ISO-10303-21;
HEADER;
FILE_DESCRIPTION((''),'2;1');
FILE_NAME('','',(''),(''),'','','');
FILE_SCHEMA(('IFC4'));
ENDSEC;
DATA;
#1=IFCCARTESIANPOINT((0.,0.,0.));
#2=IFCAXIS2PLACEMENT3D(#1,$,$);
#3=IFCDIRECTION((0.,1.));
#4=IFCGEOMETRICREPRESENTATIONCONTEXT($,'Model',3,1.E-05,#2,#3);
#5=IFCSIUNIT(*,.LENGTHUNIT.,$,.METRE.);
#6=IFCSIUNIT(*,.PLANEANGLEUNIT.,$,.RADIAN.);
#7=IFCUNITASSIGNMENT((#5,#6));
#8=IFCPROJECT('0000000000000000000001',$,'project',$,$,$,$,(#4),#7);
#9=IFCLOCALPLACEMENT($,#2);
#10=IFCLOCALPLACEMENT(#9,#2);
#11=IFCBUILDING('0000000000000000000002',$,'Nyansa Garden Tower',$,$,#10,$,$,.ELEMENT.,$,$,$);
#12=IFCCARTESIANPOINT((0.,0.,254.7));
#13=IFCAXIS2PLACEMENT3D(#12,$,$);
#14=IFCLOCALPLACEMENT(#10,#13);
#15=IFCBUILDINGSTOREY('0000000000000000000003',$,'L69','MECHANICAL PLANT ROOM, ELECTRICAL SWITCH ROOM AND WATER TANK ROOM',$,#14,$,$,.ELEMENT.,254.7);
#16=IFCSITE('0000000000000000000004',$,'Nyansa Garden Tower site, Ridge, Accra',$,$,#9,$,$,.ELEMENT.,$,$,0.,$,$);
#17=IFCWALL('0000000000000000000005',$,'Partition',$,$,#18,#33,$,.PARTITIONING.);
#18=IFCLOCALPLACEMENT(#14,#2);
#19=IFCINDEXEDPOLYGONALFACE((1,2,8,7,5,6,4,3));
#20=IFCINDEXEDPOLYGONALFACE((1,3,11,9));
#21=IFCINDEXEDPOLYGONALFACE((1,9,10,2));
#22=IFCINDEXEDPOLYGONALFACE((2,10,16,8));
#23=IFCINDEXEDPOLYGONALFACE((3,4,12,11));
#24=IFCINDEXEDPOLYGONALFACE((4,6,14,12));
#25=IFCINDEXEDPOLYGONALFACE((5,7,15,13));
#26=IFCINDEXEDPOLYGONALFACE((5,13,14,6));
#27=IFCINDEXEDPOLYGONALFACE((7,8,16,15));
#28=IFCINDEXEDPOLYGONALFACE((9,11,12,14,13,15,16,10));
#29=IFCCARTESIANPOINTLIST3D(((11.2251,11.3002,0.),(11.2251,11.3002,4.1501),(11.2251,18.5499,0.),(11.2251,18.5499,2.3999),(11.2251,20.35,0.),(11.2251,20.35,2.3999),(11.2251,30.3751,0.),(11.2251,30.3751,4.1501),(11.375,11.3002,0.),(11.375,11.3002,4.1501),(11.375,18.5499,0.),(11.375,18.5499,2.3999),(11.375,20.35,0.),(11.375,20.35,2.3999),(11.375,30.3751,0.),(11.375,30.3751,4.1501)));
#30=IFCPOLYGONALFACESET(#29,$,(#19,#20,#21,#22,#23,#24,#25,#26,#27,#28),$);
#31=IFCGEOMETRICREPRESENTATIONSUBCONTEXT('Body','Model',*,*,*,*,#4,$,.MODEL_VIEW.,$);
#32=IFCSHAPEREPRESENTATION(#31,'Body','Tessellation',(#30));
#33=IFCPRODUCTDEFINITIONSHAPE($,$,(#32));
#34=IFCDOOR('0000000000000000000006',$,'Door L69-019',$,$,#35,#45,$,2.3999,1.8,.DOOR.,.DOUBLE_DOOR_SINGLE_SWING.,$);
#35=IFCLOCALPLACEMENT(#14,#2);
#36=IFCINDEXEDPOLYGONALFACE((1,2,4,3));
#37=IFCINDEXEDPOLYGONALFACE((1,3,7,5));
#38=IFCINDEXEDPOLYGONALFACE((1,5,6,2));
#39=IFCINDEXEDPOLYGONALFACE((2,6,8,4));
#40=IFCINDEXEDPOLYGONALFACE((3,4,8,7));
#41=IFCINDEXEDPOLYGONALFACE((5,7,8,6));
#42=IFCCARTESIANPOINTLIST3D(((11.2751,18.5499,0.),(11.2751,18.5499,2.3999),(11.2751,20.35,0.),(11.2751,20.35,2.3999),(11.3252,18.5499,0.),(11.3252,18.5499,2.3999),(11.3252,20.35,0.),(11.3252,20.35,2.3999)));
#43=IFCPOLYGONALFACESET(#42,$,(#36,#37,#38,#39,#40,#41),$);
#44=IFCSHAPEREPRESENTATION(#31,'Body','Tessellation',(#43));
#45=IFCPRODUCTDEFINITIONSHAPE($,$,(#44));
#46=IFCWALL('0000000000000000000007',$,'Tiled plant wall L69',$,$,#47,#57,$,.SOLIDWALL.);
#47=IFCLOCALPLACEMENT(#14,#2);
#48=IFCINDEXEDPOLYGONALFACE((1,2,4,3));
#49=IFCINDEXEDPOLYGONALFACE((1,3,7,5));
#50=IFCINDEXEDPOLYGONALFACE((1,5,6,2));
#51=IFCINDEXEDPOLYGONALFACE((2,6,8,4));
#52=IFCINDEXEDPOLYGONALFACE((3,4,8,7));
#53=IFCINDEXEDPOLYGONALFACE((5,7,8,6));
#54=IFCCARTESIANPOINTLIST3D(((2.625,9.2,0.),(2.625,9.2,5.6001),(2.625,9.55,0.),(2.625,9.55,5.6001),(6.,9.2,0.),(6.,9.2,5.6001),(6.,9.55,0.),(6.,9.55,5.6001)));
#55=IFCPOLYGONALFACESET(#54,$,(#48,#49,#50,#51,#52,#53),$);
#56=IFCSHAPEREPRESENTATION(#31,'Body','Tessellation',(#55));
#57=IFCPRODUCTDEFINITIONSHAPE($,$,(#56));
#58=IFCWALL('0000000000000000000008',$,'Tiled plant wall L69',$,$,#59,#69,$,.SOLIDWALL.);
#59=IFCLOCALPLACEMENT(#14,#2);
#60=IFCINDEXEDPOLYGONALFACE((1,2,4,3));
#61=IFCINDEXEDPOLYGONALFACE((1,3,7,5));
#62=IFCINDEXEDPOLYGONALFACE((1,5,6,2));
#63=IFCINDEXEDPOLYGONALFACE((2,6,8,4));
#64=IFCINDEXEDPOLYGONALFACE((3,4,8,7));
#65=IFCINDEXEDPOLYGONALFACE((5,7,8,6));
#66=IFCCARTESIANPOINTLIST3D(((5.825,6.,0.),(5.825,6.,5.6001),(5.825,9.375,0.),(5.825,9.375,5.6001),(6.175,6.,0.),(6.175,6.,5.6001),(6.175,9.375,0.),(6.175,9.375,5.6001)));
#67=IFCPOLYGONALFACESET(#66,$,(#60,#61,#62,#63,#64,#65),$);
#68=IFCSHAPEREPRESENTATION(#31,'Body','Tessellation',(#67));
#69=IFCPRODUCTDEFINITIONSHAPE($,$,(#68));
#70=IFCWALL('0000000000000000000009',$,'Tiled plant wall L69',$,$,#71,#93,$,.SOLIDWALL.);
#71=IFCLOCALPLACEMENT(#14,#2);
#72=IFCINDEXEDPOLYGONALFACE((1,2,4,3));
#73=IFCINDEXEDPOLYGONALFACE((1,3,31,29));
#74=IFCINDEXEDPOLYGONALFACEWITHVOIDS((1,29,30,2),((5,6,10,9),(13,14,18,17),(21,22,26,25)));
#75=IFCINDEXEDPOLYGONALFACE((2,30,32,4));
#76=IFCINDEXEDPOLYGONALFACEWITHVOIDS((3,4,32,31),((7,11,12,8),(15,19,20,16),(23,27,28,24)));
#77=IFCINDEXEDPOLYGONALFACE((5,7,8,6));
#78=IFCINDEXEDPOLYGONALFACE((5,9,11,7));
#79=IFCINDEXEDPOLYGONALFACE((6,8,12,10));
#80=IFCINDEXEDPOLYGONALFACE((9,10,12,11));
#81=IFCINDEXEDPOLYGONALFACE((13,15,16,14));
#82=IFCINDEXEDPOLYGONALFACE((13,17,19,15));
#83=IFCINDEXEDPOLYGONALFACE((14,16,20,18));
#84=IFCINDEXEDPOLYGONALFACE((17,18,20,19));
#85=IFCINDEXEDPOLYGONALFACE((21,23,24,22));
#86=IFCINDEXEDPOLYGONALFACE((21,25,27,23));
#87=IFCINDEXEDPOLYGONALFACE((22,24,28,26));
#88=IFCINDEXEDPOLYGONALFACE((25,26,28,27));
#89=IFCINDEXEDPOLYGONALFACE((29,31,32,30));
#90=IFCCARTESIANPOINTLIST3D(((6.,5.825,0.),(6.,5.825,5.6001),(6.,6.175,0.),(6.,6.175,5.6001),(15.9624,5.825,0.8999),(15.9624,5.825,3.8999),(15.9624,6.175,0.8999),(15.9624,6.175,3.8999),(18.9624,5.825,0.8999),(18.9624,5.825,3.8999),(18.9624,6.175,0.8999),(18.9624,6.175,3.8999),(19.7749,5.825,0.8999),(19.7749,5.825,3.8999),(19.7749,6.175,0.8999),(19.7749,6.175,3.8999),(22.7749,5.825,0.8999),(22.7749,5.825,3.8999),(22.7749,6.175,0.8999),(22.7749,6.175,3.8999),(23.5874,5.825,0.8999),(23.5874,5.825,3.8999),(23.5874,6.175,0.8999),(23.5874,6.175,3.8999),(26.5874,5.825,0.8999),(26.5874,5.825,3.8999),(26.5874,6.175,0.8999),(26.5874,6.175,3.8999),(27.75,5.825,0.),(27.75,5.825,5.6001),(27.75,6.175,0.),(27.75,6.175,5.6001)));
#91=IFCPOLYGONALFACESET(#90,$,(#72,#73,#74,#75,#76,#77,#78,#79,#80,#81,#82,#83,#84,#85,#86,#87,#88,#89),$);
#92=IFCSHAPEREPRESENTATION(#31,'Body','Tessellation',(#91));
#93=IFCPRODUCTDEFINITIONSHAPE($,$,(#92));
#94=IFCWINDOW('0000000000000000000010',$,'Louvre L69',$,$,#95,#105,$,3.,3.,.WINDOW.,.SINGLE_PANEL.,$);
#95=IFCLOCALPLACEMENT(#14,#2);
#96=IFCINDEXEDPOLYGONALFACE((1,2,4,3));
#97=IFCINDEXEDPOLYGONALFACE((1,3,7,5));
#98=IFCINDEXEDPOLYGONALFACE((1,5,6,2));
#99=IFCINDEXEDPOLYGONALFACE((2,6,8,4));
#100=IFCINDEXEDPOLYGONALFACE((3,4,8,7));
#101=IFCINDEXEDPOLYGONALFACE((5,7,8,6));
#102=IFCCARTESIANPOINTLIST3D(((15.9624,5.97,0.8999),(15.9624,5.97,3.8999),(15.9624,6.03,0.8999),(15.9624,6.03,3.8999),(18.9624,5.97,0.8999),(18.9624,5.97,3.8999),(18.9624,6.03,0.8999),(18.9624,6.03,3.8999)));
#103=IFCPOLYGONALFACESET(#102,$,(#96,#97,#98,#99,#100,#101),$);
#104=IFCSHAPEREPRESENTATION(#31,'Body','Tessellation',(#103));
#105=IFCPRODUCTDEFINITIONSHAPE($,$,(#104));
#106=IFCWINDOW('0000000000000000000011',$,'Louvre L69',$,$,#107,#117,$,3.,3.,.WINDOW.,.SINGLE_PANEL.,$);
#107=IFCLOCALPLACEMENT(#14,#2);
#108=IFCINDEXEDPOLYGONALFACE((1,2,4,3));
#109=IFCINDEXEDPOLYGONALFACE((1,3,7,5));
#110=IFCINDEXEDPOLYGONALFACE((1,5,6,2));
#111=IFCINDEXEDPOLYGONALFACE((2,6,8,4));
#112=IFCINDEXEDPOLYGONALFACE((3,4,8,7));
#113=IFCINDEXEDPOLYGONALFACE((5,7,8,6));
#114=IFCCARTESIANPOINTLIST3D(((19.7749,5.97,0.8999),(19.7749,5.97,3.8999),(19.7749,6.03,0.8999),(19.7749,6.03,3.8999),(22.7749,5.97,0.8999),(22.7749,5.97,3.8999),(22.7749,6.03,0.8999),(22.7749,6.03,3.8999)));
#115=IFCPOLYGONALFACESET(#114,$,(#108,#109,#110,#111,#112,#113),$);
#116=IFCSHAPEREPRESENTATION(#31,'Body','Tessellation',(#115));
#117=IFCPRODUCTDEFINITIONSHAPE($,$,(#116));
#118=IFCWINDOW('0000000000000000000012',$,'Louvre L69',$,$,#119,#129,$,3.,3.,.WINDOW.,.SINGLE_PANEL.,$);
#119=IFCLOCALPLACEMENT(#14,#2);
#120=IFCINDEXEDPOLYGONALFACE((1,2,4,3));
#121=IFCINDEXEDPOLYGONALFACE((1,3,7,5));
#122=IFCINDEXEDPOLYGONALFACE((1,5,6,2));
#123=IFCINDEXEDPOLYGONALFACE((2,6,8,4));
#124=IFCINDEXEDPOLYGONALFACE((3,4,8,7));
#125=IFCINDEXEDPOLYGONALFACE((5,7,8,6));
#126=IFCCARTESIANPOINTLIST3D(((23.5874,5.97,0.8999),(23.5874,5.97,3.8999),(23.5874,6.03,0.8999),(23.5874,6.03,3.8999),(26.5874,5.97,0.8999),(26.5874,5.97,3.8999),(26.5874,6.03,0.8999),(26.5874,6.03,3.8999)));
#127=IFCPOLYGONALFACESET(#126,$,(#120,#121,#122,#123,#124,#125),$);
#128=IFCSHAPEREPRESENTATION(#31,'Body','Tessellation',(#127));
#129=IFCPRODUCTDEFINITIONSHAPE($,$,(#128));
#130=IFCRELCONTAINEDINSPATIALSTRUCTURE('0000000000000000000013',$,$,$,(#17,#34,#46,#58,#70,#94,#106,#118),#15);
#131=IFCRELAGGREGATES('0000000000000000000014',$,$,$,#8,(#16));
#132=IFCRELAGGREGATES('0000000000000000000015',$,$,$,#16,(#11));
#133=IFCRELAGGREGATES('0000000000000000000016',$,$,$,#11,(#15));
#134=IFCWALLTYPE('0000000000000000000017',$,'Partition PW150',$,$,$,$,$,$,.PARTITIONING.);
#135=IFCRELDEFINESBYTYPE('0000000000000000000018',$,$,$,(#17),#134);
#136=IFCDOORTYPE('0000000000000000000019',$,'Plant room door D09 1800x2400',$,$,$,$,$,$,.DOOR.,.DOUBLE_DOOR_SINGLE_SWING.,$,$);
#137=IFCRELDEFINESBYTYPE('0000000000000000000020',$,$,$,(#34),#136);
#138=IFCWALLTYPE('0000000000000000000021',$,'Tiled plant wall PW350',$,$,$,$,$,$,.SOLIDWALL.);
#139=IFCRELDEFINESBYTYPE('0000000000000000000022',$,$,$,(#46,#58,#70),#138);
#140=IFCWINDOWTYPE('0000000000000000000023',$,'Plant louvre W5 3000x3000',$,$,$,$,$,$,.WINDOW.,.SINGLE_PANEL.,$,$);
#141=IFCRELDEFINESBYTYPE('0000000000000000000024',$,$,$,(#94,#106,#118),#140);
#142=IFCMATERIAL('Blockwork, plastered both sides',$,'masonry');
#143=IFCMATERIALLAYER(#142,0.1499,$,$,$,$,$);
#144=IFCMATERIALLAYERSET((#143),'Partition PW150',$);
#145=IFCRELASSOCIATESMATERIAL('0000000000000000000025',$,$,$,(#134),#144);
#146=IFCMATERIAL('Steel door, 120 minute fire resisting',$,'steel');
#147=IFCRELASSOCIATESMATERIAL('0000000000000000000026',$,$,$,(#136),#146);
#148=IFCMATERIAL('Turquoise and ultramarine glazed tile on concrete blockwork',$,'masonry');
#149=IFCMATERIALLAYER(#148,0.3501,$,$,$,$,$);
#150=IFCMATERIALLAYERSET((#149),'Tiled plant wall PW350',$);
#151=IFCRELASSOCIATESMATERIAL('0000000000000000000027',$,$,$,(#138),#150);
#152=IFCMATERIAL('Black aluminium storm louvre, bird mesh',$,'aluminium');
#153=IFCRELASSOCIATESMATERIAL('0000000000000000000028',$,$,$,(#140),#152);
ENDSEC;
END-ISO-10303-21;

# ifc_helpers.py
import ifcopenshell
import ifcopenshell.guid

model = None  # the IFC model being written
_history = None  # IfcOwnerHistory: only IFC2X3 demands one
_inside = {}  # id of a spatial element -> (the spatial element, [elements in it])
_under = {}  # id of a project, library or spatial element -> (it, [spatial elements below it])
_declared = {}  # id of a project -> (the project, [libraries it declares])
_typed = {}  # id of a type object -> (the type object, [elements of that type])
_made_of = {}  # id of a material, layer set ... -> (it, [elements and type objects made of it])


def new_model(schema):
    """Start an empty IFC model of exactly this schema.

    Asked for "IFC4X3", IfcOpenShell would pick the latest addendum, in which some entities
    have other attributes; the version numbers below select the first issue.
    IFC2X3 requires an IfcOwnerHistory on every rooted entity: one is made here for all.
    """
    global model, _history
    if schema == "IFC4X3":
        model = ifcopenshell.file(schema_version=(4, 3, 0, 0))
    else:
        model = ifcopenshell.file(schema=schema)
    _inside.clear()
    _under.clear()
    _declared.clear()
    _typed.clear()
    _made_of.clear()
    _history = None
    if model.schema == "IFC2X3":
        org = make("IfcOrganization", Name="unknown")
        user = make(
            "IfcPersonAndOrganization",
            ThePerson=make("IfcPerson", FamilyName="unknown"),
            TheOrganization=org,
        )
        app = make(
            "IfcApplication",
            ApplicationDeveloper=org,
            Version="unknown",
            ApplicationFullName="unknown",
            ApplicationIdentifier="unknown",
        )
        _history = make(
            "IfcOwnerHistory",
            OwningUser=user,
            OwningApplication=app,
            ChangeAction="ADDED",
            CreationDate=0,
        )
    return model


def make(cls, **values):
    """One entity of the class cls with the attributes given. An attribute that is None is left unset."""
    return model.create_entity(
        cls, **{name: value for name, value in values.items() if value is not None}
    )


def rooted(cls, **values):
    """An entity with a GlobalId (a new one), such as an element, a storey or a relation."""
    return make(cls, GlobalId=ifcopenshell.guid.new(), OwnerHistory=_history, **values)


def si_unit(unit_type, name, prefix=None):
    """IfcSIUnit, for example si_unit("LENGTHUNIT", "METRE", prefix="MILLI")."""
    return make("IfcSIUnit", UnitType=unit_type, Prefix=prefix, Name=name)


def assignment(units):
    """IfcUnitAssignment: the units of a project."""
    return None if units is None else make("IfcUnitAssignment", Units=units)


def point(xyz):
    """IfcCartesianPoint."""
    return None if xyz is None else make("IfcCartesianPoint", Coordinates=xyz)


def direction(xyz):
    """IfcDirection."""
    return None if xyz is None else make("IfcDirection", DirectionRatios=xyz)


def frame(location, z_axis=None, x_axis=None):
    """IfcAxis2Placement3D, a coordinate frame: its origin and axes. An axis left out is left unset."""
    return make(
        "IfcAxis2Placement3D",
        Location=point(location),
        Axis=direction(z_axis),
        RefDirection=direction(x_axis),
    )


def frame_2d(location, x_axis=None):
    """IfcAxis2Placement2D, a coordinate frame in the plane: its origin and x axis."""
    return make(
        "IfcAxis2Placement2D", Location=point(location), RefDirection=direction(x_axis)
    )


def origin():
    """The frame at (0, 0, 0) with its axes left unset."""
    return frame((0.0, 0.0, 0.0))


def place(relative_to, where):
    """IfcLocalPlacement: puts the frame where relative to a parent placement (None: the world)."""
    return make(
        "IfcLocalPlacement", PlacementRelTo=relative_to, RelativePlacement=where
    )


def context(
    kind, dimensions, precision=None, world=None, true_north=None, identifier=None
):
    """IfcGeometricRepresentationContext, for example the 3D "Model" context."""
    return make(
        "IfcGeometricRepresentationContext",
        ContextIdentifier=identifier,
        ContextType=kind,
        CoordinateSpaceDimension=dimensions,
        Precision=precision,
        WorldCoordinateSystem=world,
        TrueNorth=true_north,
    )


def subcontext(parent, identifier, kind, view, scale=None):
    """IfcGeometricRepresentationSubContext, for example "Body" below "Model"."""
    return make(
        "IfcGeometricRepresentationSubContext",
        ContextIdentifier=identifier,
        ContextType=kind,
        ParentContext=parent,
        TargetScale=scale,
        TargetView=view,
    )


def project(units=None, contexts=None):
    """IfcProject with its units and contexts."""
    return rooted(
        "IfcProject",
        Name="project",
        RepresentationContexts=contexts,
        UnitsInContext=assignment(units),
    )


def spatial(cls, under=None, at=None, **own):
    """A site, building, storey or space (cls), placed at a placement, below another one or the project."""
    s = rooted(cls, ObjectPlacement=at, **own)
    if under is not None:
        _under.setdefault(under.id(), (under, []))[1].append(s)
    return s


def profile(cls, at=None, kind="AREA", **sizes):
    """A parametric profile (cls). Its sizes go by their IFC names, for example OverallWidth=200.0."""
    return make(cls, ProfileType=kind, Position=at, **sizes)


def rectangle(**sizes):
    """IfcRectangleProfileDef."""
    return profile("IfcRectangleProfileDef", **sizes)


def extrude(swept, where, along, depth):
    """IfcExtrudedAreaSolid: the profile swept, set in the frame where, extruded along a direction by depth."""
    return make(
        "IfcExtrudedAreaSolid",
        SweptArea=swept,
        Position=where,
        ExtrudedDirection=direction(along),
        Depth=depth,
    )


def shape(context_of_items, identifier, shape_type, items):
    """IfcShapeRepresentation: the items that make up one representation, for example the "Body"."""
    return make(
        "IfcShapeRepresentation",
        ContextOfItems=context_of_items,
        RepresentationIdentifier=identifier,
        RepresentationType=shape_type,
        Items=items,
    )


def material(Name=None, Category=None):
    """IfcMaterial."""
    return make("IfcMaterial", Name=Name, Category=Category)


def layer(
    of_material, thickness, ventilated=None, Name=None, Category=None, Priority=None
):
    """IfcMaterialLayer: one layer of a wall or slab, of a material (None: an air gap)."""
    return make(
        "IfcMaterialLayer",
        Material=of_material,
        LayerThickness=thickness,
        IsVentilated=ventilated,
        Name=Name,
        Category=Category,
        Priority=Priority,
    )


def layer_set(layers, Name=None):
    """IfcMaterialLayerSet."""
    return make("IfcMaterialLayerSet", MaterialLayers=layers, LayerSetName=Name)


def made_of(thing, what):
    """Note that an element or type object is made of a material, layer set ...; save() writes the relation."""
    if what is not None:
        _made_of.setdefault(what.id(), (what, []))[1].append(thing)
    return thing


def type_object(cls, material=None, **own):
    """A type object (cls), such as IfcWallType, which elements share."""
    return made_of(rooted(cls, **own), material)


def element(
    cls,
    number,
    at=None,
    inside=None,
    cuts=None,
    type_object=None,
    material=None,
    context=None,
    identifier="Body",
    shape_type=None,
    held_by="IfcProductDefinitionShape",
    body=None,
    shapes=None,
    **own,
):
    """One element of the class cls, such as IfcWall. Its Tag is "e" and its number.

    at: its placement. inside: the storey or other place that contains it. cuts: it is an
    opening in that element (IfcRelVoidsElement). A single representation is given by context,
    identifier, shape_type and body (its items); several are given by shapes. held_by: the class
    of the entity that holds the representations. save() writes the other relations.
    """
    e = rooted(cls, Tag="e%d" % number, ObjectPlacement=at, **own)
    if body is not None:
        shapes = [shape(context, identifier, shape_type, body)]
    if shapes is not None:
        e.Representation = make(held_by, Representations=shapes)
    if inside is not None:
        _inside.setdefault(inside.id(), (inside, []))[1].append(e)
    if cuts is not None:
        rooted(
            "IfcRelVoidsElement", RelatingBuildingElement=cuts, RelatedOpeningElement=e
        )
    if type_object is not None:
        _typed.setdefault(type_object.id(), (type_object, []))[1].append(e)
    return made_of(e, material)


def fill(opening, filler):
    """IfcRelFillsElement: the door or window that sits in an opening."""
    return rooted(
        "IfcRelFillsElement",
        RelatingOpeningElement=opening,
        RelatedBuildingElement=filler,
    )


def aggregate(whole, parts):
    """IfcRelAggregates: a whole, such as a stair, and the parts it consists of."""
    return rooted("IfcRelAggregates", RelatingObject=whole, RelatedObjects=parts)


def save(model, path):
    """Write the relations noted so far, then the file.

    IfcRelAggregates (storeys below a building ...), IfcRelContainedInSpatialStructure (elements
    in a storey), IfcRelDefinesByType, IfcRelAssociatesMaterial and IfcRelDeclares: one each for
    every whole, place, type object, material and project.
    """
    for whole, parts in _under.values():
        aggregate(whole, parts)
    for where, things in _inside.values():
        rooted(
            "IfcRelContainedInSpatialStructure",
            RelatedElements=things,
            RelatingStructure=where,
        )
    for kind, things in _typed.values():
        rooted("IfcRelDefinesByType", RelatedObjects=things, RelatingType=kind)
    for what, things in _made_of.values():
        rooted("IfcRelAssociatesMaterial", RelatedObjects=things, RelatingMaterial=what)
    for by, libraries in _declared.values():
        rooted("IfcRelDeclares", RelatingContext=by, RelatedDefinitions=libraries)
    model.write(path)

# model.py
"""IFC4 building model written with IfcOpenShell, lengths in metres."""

from ifc_helpers import new_model, si_unit, direction, frame, frame_2d, origin, place, context, subcontext, project, spatial, rectangle, extrude, material, layer, layer_set, type_object, element, fill, save


model = new_model("IFC4")

# Units and contexts
model_context = context("Model", 3, precision=1e-05, world=origin(), true_north=direction((0.0, 1.0)))
body_context = subcontext(model_context, "Body", "Model", "MODEL_VIEW")
ifc_project = project(units=[si_unit("LENGTHUNIT", "METRE"), si_unit("PLANEANGLEUNIT", "RADIAN")], contexts=[model_context])

# Site, building, storey
site_placement = place(None, origin())
site = spatial("IfcSite", under=ifc_project, at=site_placement, Name="Nyansa Garden Tower site, Ridge, Accra", CompositionType="ELEMENT", RefElevation=0.0)
building_placement = place(site_placement, origin())
building = spatial("IfcBuilding", under=site, at=building_placement, Name="Nyansa Garden Tower", CompositionType="ELEMENT")
storey_placement = place(building_placement, frame((0.0, 0.0, 254.7)))
storey = spatial("IfcBuildingStorey", under=building, at=storey_placement, Name="L69", Description="MECHANICAL PLANT ROOM, ELECTRICAL SWITCH ROOM AND WATER TANK ROOM", CompositionType="ELEMENT", Elevation=254.7)

# Shared definitions
ifc_material_1 = material(Name="Blockwork, plastered both sides", Category="masonry")
ifc_layer_1 = layer(ifc_material_1, 0.1499)
ifc_layer_set_1 = layer_set([ifc_layer_1], Name="Partition PW150")
wall_type_1 = type_object("IfcWallType", Name="Partition PW150", PredefinedType="PARTITIONING", material=ifc_layer_set_1)

# Wall, opening, door
ifc_material_2 = material(Name="Steel door, 120 minute fire resisting", Category="steel")
door_type = type_object("IfcDoorType", Name="Plant room door D09 1800x2400", OperationType="DOUBLE_DOOR_SINGLE_SWING", PredefinedType="DOOR", material=ifc_material_2)
wall_1_placement = place(storey_placement, frame((11.3, 11.3, 0.0), z_axis=(0.0, 0.0, 1.0), x_axis=(0.0, 1.0, 0.0)))
wall_1 = element("IfcWall", 1, at=wall_1_placement, inside=storey, type_object=wall_type_1, Name="Partition", PredefinedType="PARTITIONING", context=body_context, shape_type="SweptSolid", body=[
    extrude(rectangle(XDim=19.075, YDim=0.1499, at=frame_2d((9.5376, 0.0))), origin(), (0.0, 0.0, 1.0), 4.1501),
])
opening_1_placement = place(wall_1_placement, frame((7.25, 0.0, 0.0)))
opening_1 = element("IfcOpeningElement", 2, at=opening_1_placement, cuts=wall_1, PredefinedType="OPENING", context=body_context, shape_type="SweptSolid", body=[
    extrude(rectangle(XDim=1.8, YDim=2.3999, at=frame_2d((0.8999, 1.2))), frame((0.0, 0.085, 0.0), z_axis=(0.0, -1.0, 0.0), x_axis=(1.0, 0.0, 0.0)), (0.0, 0.0, 1.0), 0.1699),
])
door_1_placement = place(opening_1_placement, origin())
door_1 = element("IfcDoor", 3, at=door_1_placement, inside=storey, type_object=door_type, Name="Door L69-019", OperationType="DOUBLE_DOOR_SINGLE_SWING", OverallHeight=2.3999, OverallWidth=1.8, PredefinedType="DOOR", context=body_context, shape_type="SweptSolid", body=[
    extrude(rectangle(XDim=1.8, YDim=2.3999, at=frame_2d((0.8999, 1.2))), frame((0.0, 0.0249, 0.0), z_axis=(0.0, -1.0, 0.0), x_axis=(1.0, 0.0, 0.0)), (0.0, 0.0, 1.0), 0.05),
])
fill(opening_1, door_1)

# Walls
ifc_material_3 = material(Name="Turquoise and ultramarine glazed tile on concrete blockwork", Category="masonry")
ifc_layer_2 = layer(ifc_material_3, 0.3501)
ifc_layer_set_2 = layer_set([ifc_layer_2], Name="Tiled plant wall PW350")
wall_type_2 = type_object("IfcWallType", Name="Tiled plant wall PW350", PredefinedType="SOLIDWALL", material=ifc_layer_set_2)
for number, where, z_axis, x_axis, name in (
    (4, (2.625, 9.375, 0.0), (0.0, 0.0, 1.0), (1.0, 0.0, 0.0), "Tiled plant wall L69"),
    (5, (6.0, 9.375, 0.0), (0.0, 0.0, 1.0), (0.0, -1.0, 0.0), "Tiled plant wall L69"),
):
    element("IfcWall", number, at=place(storey_placement, frame(where, z_axis=z_axis, x_axis=x_axis)), inside=storey, type_object=wall_type_2, Name=name, PredefinedType="SOLIDWALL", context=body_context, shape_type="SweptSolid", body=[
        extrude(rectangle(XDim=3.375, YDim=0.3501, at=frame_2d((1.6875, 0.0))), origin(), (0.0, 0.0, 1.0), 5.6001),
    ])

# Wall, openings, windows
wall_2_placement = place(storey_placement, frame((6.0, 6.0, 0.0), z_axis=(0.0, 0.0, 1.0), x_axis=(1.0, 0.0, 0.0)))
wall_2 = element("IfcWall", 6, at=wall_2_placement, inside=storey, type_object=wall_type_2, Name="Tiled plant wall L69", PredefinedType="SOLIDWALL", context=body_context, shape_type="SweptSolid", body=[
    extrude(rectangle(XDim=21.75, YDim=0.3501, at=frame_2d((10.875, 0.0))), origin(), (0.0, 0.0, 1.0), 5.6001),
])
opening_2_placement = place(wall_2_placement, frame((9.9624, 0.0, 0.8999)))
opening_2 = element("IfcOpeningElement", 7, at=opening_2_placement, cuts=wall_2, PredefinedType="OPENING", context=body_context, shape_type="SweptSolid", body=[
    extrude(rectangle(XDim=3.0, YDim=3.0, at=frame_2d((1.5, 1.5))), frame((0.0, 0.1851, 0.0), z_axis=(0.0, -1.0, 0.0), x_axis=(1.0, 0.0, 0.0)), (0.0, 0.0, 1.0), 0.3701),
])
opening_3_placement = place(wall_2_placement, frame((13.7749, 0.0, 0.8999)))
opening_3 = element("IfcOpeningElement", 8, at=opening_3_placement, cuts=wall_2, PredefinedType="OPENING", context=body_context, shape_type="SweptSolid", body=[
    extrude(rectangle(XDim=3.0, YDim=3.0, at=frame_2d((1.5, 1.5))), frame((0.0, 0.1851, 0.0), z_axis=(0.0, -1.0, 0.0), x_axis=(1.0, 0.0, 0.0)), (0.0, 0.0, 1.0), 0.3701),
])
opening_4_placement = place(wall_2_placement, frame((17.5874, 0.0, 0.8999)))
opening_4 = element("IfcOpeningElement", 9, at=opening_4_placement, cuts=wall_2, PredefinedType="OPENING", context=body_context, shape_type="SweptSolid", body=[
    extrude(rectangle(XDim=3.0, YDim=3.0, at=frame_2d((1.5, 1.5))), frame((0.0, 0.1851, 0.0), z_axis=(0.0, -1.0, 0.0), x_axis=(1.0, 0.0, 0.0)), (0.0, 0.0, 1.0), 0.3701),
])
ifc_material_4 = material(Name="Black aluminium storm louvre, bird mesh", Category="aluminium")
window_type_1 = type_object("IfcWindowType", Name="Plant louvre W5 3000x3000", PartitioningType="SINGLE_PANEL", PredefinedType="WINDOW", material=ifc_material_4)
window_1_placement = place(opening_2_placement, origin())
window_1 = element("IfcWindow", 10, at=window_1_placement, inside=storey, type_object=window_type_1, Name="Louvre L69", OverallHeight=3.0, OverallWidth=3.0, PartitioningType="SINGLE_PANEL", PredefinedType="WINDOW", context=body_context, shape_type="SweptSolid", body=[
    extrude(rectangle(XDim=3.0, YDim=3.0, at=frame_2d((1.5, 1.5))), frame((0.0, 0.03, 0.0), z_axis=(0.0, -1.0, 0.0), x_axis=(1.0, 0.0, 0.0)), (0.0, 0.0, 1.0), 0.0601),
])
fill(opening_2, window_1)
window_2_placement = place(opening_3_placement, origin())
window_2 = element("IfcWindow", 11, at=window_2_placement, inside=storey, type_object=window_type_1, Name="Louvre L69", OverallHeight=3.0, OverallWidth=3.0, PartitioningType="SINGLE_PANEL", PredefinedType="WINDOW", context=body_context, shape_type="SweptSolid", body=[
    extrude(rectangle(XDim=3.0, YDim=3.0, at=frame_2d((1.5, 1.5))), frame((0.0, 0.03, 0.0), z_axis=(0.0, -1.0, 0.0), x_axis=(1.0, 0.0, 0.0)), (0.0, 0.0, 1.0), 0.0601),
])
fill(opening_3, window_2)
window_3_placement = place(opening_4_placement, origin())
window_3 = element("IfcWindow", 12, at=window_3_placement, inside=storey, type_object=window_type_1, Name="Louvre L69", OverallHeight=3.0, OverallWidth=3.0, PartitioningType="SINGLE_PANEL", PredefinedType="WINDOW", context=body_context, shape_type="SweptSolid", body=[
    extrude(rectangle(XDim=3.0, YDim=3.0, at=frame_2d((1.5, 1.5))), frame((0.0, 0.03, 0.0), z_axis=(0.0, -1.0, 0.0), x_axis=(1.0, 0.0, 0.0)), (0.0, 0.0, 1.0), 0.0601),
])
fill(opening_4, window_3)

save(model, "model.ifc")
